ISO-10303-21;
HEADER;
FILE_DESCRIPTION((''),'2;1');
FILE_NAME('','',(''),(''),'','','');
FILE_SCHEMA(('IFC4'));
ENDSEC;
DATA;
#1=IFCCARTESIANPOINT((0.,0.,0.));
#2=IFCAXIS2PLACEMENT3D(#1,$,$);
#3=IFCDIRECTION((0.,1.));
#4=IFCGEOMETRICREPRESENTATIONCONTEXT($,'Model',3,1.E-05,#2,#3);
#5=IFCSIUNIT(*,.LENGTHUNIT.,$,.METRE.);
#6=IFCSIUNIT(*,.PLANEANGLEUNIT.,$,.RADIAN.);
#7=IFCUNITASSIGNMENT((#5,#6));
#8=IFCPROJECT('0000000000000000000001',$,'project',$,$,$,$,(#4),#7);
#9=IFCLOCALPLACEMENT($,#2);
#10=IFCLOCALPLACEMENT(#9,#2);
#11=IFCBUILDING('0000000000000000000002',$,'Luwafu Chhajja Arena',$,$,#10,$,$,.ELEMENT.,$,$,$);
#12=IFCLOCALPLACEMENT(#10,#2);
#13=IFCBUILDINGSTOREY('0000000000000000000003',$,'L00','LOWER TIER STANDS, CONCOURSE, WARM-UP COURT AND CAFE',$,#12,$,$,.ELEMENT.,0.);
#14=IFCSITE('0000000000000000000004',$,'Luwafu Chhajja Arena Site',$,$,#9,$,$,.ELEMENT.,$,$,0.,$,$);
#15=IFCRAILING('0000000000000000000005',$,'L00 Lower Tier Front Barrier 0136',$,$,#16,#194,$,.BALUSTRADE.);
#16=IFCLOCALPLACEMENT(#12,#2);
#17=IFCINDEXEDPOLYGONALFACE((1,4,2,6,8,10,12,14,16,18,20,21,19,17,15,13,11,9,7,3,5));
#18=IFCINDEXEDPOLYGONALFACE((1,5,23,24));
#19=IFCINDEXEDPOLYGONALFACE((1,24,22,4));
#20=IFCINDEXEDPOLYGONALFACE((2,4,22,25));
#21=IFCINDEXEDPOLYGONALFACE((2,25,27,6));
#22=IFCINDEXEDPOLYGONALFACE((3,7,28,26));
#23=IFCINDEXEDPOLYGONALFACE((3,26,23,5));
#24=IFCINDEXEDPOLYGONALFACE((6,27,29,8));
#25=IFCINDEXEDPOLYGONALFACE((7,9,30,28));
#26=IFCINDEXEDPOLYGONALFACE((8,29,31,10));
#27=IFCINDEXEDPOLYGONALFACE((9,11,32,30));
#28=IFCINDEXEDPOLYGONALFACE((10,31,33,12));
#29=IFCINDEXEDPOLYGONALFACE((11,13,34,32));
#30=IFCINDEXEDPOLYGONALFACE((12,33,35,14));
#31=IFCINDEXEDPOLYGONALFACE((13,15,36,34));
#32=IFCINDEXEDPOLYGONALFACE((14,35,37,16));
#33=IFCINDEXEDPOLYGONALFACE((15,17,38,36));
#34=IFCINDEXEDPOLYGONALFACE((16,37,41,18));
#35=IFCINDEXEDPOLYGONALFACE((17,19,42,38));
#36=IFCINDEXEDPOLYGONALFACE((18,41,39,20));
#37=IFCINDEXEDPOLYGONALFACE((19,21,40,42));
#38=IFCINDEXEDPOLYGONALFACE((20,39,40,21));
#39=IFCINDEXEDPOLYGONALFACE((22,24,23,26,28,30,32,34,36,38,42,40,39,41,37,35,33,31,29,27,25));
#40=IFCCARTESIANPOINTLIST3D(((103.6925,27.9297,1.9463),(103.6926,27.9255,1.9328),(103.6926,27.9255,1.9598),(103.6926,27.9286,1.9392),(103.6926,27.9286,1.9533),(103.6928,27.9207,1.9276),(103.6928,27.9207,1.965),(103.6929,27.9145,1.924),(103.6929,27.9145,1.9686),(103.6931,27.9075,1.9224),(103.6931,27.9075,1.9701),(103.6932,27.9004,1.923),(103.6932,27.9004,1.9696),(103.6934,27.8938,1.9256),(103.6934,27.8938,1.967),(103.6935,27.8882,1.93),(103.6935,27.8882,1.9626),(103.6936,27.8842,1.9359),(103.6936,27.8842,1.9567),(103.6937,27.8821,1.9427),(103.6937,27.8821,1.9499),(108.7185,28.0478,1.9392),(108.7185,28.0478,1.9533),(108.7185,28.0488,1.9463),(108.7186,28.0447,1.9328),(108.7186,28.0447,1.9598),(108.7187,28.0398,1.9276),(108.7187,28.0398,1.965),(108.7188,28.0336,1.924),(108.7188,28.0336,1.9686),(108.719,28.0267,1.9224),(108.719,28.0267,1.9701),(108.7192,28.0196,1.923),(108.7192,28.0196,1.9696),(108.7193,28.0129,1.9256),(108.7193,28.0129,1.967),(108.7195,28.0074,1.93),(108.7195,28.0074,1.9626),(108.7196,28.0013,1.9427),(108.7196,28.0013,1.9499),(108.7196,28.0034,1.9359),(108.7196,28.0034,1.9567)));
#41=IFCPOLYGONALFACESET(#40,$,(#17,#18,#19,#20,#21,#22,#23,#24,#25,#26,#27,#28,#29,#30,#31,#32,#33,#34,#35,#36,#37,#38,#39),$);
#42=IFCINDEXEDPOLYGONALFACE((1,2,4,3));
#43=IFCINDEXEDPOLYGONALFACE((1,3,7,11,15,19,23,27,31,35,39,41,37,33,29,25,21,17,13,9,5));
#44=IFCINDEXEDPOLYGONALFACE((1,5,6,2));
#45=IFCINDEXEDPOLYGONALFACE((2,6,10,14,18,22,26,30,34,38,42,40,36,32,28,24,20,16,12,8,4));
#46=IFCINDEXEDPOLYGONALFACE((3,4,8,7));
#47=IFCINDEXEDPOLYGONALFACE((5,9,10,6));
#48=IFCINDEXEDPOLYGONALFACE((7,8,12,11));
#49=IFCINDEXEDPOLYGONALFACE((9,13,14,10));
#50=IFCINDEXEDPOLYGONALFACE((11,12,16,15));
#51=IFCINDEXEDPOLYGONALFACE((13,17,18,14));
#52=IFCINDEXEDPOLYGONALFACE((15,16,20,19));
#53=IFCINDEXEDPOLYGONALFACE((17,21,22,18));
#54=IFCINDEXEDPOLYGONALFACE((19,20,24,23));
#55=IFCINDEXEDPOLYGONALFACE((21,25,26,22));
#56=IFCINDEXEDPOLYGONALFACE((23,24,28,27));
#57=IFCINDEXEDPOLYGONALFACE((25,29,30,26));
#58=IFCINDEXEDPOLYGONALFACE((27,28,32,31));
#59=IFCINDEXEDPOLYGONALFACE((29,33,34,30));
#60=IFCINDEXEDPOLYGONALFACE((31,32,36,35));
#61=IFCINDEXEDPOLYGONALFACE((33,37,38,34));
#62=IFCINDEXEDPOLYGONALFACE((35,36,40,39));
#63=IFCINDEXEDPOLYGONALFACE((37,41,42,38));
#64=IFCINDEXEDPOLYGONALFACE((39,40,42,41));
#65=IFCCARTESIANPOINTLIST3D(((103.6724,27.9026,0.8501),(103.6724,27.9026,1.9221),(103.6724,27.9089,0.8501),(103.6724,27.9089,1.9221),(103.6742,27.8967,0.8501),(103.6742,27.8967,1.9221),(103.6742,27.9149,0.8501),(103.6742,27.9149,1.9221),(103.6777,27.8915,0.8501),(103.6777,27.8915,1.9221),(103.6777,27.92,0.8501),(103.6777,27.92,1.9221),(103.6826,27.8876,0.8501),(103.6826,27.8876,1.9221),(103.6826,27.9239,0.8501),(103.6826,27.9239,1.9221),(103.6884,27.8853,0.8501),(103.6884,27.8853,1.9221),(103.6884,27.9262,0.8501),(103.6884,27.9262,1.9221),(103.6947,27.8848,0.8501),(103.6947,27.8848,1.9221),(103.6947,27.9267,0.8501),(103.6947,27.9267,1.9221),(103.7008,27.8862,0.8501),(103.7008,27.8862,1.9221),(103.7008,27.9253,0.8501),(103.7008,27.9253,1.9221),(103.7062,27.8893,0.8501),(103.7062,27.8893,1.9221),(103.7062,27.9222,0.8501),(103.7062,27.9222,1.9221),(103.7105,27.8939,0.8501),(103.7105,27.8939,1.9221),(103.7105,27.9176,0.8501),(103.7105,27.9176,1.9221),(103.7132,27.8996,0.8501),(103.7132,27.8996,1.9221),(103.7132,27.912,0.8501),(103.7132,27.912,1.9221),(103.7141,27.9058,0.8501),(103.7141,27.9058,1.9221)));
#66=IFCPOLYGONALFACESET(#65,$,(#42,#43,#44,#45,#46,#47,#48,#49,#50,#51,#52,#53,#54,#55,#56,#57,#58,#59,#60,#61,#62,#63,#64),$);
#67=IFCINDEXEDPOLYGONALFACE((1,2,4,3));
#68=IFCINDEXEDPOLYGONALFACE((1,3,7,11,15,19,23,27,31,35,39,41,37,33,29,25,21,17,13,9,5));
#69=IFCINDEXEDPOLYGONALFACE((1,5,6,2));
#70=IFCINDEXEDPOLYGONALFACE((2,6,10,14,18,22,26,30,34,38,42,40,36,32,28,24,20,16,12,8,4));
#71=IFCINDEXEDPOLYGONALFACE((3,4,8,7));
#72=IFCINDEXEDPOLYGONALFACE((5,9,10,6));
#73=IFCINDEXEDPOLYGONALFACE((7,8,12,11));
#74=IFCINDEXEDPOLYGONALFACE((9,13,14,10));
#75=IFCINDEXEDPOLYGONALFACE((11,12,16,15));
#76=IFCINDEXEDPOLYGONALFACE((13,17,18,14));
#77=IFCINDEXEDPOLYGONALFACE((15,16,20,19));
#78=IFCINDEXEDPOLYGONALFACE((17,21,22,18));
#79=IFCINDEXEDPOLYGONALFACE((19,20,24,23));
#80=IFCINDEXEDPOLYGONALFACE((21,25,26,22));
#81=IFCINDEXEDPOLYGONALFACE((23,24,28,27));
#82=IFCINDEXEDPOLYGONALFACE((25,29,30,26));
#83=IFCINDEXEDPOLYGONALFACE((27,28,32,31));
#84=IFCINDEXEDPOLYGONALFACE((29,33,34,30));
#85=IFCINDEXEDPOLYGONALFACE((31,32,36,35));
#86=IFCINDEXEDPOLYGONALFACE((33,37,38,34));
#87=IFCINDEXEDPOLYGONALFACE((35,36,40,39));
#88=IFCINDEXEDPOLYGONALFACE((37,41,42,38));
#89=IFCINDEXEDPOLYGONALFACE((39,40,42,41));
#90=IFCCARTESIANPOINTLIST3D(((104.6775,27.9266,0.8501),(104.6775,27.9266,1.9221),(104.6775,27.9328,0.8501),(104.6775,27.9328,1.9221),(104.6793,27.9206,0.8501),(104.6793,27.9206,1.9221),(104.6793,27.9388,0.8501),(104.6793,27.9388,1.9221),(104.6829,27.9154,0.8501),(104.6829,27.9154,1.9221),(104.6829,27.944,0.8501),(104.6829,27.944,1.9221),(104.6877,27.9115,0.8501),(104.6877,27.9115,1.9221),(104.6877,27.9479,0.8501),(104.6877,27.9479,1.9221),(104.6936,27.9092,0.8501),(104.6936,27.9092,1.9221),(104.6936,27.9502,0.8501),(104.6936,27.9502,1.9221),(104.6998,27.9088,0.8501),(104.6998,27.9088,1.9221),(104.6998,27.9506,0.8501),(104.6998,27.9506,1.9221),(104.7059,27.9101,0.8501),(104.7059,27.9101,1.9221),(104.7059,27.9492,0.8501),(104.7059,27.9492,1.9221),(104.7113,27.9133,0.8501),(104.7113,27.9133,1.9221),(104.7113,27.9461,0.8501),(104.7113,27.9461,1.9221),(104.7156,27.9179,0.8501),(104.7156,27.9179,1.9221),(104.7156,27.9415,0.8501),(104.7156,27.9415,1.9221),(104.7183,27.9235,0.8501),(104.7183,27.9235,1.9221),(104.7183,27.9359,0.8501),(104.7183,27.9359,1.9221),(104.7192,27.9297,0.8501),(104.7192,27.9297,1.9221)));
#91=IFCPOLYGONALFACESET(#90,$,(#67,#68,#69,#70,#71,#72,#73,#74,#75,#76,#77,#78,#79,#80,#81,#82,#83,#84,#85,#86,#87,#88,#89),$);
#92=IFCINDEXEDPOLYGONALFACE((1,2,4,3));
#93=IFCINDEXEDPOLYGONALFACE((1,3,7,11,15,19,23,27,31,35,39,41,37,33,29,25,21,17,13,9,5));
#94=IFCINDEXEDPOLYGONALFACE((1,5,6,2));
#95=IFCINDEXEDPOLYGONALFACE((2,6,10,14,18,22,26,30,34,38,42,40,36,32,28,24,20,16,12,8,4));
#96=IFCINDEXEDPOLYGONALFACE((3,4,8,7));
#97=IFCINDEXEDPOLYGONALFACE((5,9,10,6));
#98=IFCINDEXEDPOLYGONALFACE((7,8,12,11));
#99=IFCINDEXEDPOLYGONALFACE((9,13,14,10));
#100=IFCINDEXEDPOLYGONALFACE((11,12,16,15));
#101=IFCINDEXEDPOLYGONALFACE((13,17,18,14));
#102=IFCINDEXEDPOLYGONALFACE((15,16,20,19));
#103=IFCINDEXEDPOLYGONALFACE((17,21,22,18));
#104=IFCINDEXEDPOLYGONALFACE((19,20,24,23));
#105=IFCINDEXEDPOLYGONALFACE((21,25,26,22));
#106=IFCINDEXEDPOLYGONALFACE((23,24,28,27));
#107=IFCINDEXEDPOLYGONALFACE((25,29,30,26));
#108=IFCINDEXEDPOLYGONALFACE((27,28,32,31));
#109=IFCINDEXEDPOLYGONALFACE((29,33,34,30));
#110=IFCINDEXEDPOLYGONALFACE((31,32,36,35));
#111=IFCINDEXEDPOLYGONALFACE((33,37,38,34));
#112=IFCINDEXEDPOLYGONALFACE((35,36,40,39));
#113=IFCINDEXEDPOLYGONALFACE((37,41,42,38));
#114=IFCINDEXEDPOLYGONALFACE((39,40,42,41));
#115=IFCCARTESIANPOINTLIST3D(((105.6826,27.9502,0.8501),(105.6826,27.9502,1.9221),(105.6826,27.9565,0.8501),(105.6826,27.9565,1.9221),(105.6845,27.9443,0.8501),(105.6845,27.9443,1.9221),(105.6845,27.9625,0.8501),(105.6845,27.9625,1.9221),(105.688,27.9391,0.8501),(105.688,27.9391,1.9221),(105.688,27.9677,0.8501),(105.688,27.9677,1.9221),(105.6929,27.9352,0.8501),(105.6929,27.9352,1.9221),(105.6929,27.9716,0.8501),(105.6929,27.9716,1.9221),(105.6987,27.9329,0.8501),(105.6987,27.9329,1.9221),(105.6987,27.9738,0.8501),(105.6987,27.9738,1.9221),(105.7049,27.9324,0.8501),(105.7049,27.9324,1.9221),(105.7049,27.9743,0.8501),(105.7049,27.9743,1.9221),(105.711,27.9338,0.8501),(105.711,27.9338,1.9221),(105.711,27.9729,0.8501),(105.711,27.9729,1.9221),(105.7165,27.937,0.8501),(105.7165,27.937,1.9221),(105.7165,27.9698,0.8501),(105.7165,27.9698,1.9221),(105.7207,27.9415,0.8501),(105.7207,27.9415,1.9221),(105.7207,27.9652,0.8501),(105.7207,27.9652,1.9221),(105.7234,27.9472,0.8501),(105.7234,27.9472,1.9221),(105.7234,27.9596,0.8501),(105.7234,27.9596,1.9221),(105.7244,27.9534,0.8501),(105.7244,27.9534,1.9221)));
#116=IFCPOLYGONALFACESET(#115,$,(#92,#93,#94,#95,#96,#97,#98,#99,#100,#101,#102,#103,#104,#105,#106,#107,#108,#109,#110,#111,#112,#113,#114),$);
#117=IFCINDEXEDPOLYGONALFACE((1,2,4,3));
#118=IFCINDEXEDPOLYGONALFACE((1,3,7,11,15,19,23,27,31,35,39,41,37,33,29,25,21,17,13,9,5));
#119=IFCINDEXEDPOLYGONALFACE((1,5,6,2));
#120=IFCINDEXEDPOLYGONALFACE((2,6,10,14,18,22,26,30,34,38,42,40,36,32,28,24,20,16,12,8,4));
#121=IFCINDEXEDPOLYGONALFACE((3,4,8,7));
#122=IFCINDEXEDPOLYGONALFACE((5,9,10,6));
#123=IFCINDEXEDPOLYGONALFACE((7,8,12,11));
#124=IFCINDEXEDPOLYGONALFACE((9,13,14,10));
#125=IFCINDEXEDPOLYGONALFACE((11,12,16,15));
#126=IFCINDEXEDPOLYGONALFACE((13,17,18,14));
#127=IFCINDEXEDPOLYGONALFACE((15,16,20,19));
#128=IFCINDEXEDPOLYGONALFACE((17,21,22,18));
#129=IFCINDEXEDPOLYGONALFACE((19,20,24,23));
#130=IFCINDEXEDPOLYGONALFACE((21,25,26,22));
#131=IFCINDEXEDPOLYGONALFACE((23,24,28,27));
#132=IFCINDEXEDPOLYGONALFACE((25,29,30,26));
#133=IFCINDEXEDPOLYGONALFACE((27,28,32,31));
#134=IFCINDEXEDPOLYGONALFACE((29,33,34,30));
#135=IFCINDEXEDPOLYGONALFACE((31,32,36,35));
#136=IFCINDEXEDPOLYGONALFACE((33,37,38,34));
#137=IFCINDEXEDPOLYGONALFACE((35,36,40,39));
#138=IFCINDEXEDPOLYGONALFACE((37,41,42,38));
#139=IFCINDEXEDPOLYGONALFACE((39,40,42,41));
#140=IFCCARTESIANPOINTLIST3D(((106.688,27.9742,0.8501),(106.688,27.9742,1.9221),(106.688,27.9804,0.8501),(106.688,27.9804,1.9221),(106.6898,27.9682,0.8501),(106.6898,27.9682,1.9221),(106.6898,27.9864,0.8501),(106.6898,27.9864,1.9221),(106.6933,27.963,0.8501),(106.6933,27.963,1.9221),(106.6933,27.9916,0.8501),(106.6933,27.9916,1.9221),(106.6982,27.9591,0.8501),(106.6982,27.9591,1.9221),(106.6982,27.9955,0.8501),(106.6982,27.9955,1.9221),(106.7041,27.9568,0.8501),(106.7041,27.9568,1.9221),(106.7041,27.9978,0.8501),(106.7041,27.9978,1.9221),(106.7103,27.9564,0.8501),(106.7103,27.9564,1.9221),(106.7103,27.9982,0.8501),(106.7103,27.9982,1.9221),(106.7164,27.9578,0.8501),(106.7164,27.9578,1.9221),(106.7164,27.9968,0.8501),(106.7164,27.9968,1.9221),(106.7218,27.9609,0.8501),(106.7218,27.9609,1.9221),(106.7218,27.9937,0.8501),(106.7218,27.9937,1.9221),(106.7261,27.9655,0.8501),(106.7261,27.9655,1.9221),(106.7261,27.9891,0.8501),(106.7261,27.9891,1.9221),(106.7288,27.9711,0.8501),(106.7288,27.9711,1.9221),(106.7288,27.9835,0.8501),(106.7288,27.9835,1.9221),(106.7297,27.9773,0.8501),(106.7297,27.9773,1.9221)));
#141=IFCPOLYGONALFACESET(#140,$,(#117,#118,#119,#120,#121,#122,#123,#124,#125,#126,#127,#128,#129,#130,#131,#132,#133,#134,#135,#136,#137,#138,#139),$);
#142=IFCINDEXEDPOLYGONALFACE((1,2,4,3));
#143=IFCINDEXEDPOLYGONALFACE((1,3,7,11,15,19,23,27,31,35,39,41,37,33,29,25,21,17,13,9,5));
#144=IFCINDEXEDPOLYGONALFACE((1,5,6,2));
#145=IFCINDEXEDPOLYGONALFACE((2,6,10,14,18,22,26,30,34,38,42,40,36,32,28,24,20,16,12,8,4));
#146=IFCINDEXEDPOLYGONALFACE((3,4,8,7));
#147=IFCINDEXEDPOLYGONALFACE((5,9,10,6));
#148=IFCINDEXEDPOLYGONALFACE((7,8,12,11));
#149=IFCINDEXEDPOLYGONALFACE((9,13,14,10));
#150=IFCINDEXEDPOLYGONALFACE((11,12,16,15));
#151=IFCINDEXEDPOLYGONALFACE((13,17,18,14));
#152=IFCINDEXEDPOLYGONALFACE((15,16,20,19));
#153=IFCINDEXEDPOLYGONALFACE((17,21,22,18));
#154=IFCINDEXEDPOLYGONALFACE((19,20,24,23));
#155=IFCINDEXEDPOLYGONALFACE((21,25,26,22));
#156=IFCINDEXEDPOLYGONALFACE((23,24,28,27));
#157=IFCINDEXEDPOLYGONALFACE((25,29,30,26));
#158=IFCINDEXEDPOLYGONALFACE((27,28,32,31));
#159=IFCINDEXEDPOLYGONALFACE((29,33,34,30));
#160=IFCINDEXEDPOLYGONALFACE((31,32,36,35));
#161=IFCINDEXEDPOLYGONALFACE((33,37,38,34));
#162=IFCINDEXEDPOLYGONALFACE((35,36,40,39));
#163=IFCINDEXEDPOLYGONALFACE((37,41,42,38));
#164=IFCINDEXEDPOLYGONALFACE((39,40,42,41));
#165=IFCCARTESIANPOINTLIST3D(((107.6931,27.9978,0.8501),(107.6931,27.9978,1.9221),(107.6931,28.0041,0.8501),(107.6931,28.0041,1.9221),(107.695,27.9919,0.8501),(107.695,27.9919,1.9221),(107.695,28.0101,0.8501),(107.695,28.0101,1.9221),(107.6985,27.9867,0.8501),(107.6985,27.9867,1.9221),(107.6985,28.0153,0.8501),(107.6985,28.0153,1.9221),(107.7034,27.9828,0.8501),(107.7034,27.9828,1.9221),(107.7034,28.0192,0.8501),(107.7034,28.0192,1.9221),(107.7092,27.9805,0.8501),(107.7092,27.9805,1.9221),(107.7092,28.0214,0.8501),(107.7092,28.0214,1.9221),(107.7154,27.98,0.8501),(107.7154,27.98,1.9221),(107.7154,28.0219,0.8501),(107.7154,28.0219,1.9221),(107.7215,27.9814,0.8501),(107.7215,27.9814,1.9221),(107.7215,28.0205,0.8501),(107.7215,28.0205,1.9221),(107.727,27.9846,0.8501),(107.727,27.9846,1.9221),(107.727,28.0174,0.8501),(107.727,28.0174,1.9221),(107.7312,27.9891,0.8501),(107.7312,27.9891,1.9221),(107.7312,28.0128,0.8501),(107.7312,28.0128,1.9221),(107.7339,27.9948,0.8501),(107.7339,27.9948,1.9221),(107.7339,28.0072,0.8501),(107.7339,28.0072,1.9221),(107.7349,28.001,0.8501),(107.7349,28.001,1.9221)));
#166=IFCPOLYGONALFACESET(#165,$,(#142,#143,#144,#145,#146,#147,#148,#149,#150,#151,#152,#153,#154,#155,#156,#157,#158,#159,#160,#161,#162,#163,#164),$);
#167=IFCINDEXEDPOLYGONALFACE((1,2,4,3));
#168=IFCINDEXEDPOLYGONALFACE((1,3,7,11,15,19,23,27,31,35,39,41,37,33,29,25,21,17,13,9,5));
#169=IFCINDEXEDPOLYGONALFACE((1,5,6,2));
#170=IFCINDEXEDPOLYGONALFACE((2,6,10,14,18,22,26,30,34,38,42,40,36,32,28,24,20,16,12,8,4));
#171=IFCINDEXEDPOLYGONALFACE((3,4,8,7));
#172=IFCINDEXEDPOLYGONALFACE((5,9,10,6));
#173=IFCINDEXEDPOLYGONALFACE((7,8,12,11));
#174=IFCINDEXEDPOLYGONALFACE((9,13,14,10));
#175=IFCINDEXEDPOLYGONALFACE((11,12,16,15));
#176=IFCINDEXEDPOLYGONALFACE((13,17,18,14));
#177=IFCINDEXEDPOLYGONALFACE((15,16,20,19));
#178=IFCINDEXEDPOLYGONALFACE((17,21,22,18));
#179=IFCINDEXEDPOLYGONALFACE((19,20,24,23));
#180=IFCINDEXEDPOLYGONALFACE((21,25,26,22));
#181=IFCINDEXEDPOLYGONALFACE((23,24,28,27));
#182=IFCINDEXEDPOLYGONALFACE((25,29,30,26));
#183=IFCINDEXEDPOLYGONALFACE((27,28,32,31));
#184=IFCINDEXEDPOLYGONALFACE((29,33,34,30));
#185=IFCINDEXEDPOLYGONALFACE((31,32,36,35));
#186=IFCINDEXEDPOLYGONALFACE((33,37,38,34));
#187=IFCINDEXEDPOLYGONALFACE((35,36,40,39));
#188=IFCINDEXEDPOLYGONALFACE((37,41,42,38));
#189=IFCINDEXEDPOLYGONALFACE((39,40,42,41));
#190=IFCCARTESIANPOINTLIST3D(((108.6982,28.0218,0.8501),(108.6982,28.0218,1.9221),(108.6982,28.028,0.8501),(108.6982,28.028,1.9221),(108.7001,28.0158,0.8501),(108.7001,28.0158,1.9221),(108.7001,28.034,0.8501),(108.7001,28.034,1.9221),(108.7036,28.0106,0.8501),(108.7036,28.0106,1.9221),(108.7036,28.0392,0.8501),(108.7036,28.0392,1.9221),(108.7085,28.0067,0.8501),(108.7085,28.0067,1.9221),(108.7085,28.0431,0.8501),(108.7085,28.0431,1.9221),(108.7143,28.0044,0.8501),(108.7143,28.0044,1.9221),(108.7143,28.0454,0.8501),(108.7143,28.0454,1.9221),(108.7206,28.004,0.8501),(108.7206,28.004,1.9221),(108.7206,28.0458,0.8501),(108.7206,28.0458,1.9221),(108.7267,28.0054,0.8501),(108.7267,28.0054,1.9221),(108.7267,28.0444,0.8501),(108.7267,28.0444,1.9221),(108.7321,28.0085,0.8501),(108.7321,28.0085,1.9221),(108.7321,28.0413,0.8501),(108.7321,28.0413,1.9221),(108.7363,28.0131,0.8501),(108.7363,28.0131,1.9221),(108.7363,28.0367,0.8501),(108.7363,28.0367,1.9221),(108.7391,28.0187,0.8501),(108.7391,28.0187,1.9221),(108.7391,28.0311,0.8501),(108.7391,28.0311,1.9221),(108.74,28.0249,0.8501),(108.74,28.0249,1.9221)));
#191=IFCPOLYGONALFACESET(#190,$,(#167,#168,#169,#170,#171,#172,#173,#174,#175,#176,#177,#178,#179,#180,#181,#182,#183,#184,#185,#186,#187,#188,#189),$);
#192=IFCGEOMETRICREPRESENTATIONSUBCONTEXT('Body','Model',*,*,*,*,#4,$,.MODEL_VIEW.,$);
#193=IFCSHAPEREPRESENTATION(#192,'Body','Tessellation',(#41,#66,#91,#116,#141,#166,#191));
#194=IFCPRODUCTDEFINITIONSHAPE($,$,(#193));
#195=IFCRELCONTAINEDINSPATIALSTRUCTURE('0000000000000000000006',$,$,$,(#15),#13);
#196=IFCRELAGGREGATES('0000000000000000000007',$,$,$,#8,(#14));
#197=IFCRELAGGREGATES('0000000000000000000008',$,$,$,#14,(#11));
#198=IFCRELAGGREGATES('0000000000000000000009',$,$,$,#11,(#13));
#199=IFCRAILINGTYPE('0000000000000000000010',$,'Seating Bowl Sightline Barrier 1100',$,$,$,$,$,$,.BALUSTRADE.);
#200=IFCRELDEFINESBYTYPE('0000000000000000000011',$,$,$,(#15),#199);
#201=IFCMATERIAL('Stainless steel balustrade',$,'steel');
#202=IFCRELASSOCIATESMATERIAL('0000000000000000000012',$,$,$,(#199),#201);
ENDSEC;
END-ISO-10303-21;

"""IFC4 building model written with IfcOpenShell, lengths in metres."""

from ifc_helpers import new_model, si_unit, direction, frame, origin, origin_2d, place, context, subcontext, project, spatial, circle, extrude, material, type_object, element, save


model = new_model("IFC4")

# Units and contexts
model_context = context("Model", 3, precision=1e-05, world=origin(), true_north=direction((0.0, 1.0)))
body_context = subcontext(model_context, "Body", "Model", "MODEL_VIEW")
ifc_project = project(units=[si_unit("LENGTHUNIT", "METRE"), si_unit("PLANEANGLEUNIT", "RADIAN")], contexts=[model_context])

# Site, building, storey
site_placement = place(None, origin())
site = spatial("IfcSite", under=ifc_project, at=site_placement, Name="Luwafu Chhajja Arena Site", CompositionType="ELEMENT", RefElevation=0.0)
building_placement = place(site_placement, origin())
building = spatial("IfcBuilding", under=site, at=building_placement, Name="Luwafu Chhajja Arena", CompositionType="ELEMENT")
storey_placement = place(building_placement, origin())
storey = spatial("IfcBuildingStorey", under=building, at=storey_placement, Name="L00", Description="LOWER TIER STANDS, CONCOURSE, WARM-UP COURT AND CAFE", CompositionType="ELEMENT", Elevation=0.0)

# Railing
ifc_material_1 = material(Name="Stainless steel balustrade", Category="steel")
railing_type = type_object("IfcRailingType", Name="Seating Bowl Sightline Barrier 1100", PredefinedType="BALUSTRADE", material=ifc_material_1)
railing_1_placement = place(storey_placement, frame((103.6931, 27.9058, 0.8501)))
element("IfcRailing", 1, at=railing_1_placement, inside=storey, type_object=railing_type, Name="L00 Lower Tier Front Barrier 0136", PredefinedType="BALUSTRADE", context=body_context, shape_type="SweptSolid", body=[
    extrude(circle(Radius=0.0239, at=origin_2d()), frame((0.0, 0.0, 1.0962), z_axis=(0.999719, 0.023699, 0.0), x_axis=(-0.023699, 0.999719, 0.0)), (0.0, 0.0, 1.0), 5.0273),
    extrude(circle(Radius=0.021, at=origin_2d()), origin(), (0.0, 0.0, 1.0), 1.072),
    extrude(circle(Radius=0.021, at=origin_2d()), frame((1.0051, 0.0239, 0.0)), (0.0, 0.0, 1.0), 1.072),
    extrude(circle(Radius=0.021, at=origin_2d()), frame((2.0103, 0.0476, 0.0)), (0.0, 0.0, 1.0), 1.072),
    extrude(circle(Radius=0.021, at=origin_2d()), frame((3.0156, 0.0715, 0.0)), (0.0, 0.0, 1.0), 1.072),
    extrude(circle(Radius=0.021, at=origin_2d()), frame((4.0208, 0.0952, 0.0)), (0.0, 0.0, 1.0), 1.072),
    extrude(circle(Radius=0.021, at=origin_2d()), frame((5.0259, 0.1191, 0.0)), (0.0, 0.0, 1.0), 1.072),
])

save(model, "model.ifc")
